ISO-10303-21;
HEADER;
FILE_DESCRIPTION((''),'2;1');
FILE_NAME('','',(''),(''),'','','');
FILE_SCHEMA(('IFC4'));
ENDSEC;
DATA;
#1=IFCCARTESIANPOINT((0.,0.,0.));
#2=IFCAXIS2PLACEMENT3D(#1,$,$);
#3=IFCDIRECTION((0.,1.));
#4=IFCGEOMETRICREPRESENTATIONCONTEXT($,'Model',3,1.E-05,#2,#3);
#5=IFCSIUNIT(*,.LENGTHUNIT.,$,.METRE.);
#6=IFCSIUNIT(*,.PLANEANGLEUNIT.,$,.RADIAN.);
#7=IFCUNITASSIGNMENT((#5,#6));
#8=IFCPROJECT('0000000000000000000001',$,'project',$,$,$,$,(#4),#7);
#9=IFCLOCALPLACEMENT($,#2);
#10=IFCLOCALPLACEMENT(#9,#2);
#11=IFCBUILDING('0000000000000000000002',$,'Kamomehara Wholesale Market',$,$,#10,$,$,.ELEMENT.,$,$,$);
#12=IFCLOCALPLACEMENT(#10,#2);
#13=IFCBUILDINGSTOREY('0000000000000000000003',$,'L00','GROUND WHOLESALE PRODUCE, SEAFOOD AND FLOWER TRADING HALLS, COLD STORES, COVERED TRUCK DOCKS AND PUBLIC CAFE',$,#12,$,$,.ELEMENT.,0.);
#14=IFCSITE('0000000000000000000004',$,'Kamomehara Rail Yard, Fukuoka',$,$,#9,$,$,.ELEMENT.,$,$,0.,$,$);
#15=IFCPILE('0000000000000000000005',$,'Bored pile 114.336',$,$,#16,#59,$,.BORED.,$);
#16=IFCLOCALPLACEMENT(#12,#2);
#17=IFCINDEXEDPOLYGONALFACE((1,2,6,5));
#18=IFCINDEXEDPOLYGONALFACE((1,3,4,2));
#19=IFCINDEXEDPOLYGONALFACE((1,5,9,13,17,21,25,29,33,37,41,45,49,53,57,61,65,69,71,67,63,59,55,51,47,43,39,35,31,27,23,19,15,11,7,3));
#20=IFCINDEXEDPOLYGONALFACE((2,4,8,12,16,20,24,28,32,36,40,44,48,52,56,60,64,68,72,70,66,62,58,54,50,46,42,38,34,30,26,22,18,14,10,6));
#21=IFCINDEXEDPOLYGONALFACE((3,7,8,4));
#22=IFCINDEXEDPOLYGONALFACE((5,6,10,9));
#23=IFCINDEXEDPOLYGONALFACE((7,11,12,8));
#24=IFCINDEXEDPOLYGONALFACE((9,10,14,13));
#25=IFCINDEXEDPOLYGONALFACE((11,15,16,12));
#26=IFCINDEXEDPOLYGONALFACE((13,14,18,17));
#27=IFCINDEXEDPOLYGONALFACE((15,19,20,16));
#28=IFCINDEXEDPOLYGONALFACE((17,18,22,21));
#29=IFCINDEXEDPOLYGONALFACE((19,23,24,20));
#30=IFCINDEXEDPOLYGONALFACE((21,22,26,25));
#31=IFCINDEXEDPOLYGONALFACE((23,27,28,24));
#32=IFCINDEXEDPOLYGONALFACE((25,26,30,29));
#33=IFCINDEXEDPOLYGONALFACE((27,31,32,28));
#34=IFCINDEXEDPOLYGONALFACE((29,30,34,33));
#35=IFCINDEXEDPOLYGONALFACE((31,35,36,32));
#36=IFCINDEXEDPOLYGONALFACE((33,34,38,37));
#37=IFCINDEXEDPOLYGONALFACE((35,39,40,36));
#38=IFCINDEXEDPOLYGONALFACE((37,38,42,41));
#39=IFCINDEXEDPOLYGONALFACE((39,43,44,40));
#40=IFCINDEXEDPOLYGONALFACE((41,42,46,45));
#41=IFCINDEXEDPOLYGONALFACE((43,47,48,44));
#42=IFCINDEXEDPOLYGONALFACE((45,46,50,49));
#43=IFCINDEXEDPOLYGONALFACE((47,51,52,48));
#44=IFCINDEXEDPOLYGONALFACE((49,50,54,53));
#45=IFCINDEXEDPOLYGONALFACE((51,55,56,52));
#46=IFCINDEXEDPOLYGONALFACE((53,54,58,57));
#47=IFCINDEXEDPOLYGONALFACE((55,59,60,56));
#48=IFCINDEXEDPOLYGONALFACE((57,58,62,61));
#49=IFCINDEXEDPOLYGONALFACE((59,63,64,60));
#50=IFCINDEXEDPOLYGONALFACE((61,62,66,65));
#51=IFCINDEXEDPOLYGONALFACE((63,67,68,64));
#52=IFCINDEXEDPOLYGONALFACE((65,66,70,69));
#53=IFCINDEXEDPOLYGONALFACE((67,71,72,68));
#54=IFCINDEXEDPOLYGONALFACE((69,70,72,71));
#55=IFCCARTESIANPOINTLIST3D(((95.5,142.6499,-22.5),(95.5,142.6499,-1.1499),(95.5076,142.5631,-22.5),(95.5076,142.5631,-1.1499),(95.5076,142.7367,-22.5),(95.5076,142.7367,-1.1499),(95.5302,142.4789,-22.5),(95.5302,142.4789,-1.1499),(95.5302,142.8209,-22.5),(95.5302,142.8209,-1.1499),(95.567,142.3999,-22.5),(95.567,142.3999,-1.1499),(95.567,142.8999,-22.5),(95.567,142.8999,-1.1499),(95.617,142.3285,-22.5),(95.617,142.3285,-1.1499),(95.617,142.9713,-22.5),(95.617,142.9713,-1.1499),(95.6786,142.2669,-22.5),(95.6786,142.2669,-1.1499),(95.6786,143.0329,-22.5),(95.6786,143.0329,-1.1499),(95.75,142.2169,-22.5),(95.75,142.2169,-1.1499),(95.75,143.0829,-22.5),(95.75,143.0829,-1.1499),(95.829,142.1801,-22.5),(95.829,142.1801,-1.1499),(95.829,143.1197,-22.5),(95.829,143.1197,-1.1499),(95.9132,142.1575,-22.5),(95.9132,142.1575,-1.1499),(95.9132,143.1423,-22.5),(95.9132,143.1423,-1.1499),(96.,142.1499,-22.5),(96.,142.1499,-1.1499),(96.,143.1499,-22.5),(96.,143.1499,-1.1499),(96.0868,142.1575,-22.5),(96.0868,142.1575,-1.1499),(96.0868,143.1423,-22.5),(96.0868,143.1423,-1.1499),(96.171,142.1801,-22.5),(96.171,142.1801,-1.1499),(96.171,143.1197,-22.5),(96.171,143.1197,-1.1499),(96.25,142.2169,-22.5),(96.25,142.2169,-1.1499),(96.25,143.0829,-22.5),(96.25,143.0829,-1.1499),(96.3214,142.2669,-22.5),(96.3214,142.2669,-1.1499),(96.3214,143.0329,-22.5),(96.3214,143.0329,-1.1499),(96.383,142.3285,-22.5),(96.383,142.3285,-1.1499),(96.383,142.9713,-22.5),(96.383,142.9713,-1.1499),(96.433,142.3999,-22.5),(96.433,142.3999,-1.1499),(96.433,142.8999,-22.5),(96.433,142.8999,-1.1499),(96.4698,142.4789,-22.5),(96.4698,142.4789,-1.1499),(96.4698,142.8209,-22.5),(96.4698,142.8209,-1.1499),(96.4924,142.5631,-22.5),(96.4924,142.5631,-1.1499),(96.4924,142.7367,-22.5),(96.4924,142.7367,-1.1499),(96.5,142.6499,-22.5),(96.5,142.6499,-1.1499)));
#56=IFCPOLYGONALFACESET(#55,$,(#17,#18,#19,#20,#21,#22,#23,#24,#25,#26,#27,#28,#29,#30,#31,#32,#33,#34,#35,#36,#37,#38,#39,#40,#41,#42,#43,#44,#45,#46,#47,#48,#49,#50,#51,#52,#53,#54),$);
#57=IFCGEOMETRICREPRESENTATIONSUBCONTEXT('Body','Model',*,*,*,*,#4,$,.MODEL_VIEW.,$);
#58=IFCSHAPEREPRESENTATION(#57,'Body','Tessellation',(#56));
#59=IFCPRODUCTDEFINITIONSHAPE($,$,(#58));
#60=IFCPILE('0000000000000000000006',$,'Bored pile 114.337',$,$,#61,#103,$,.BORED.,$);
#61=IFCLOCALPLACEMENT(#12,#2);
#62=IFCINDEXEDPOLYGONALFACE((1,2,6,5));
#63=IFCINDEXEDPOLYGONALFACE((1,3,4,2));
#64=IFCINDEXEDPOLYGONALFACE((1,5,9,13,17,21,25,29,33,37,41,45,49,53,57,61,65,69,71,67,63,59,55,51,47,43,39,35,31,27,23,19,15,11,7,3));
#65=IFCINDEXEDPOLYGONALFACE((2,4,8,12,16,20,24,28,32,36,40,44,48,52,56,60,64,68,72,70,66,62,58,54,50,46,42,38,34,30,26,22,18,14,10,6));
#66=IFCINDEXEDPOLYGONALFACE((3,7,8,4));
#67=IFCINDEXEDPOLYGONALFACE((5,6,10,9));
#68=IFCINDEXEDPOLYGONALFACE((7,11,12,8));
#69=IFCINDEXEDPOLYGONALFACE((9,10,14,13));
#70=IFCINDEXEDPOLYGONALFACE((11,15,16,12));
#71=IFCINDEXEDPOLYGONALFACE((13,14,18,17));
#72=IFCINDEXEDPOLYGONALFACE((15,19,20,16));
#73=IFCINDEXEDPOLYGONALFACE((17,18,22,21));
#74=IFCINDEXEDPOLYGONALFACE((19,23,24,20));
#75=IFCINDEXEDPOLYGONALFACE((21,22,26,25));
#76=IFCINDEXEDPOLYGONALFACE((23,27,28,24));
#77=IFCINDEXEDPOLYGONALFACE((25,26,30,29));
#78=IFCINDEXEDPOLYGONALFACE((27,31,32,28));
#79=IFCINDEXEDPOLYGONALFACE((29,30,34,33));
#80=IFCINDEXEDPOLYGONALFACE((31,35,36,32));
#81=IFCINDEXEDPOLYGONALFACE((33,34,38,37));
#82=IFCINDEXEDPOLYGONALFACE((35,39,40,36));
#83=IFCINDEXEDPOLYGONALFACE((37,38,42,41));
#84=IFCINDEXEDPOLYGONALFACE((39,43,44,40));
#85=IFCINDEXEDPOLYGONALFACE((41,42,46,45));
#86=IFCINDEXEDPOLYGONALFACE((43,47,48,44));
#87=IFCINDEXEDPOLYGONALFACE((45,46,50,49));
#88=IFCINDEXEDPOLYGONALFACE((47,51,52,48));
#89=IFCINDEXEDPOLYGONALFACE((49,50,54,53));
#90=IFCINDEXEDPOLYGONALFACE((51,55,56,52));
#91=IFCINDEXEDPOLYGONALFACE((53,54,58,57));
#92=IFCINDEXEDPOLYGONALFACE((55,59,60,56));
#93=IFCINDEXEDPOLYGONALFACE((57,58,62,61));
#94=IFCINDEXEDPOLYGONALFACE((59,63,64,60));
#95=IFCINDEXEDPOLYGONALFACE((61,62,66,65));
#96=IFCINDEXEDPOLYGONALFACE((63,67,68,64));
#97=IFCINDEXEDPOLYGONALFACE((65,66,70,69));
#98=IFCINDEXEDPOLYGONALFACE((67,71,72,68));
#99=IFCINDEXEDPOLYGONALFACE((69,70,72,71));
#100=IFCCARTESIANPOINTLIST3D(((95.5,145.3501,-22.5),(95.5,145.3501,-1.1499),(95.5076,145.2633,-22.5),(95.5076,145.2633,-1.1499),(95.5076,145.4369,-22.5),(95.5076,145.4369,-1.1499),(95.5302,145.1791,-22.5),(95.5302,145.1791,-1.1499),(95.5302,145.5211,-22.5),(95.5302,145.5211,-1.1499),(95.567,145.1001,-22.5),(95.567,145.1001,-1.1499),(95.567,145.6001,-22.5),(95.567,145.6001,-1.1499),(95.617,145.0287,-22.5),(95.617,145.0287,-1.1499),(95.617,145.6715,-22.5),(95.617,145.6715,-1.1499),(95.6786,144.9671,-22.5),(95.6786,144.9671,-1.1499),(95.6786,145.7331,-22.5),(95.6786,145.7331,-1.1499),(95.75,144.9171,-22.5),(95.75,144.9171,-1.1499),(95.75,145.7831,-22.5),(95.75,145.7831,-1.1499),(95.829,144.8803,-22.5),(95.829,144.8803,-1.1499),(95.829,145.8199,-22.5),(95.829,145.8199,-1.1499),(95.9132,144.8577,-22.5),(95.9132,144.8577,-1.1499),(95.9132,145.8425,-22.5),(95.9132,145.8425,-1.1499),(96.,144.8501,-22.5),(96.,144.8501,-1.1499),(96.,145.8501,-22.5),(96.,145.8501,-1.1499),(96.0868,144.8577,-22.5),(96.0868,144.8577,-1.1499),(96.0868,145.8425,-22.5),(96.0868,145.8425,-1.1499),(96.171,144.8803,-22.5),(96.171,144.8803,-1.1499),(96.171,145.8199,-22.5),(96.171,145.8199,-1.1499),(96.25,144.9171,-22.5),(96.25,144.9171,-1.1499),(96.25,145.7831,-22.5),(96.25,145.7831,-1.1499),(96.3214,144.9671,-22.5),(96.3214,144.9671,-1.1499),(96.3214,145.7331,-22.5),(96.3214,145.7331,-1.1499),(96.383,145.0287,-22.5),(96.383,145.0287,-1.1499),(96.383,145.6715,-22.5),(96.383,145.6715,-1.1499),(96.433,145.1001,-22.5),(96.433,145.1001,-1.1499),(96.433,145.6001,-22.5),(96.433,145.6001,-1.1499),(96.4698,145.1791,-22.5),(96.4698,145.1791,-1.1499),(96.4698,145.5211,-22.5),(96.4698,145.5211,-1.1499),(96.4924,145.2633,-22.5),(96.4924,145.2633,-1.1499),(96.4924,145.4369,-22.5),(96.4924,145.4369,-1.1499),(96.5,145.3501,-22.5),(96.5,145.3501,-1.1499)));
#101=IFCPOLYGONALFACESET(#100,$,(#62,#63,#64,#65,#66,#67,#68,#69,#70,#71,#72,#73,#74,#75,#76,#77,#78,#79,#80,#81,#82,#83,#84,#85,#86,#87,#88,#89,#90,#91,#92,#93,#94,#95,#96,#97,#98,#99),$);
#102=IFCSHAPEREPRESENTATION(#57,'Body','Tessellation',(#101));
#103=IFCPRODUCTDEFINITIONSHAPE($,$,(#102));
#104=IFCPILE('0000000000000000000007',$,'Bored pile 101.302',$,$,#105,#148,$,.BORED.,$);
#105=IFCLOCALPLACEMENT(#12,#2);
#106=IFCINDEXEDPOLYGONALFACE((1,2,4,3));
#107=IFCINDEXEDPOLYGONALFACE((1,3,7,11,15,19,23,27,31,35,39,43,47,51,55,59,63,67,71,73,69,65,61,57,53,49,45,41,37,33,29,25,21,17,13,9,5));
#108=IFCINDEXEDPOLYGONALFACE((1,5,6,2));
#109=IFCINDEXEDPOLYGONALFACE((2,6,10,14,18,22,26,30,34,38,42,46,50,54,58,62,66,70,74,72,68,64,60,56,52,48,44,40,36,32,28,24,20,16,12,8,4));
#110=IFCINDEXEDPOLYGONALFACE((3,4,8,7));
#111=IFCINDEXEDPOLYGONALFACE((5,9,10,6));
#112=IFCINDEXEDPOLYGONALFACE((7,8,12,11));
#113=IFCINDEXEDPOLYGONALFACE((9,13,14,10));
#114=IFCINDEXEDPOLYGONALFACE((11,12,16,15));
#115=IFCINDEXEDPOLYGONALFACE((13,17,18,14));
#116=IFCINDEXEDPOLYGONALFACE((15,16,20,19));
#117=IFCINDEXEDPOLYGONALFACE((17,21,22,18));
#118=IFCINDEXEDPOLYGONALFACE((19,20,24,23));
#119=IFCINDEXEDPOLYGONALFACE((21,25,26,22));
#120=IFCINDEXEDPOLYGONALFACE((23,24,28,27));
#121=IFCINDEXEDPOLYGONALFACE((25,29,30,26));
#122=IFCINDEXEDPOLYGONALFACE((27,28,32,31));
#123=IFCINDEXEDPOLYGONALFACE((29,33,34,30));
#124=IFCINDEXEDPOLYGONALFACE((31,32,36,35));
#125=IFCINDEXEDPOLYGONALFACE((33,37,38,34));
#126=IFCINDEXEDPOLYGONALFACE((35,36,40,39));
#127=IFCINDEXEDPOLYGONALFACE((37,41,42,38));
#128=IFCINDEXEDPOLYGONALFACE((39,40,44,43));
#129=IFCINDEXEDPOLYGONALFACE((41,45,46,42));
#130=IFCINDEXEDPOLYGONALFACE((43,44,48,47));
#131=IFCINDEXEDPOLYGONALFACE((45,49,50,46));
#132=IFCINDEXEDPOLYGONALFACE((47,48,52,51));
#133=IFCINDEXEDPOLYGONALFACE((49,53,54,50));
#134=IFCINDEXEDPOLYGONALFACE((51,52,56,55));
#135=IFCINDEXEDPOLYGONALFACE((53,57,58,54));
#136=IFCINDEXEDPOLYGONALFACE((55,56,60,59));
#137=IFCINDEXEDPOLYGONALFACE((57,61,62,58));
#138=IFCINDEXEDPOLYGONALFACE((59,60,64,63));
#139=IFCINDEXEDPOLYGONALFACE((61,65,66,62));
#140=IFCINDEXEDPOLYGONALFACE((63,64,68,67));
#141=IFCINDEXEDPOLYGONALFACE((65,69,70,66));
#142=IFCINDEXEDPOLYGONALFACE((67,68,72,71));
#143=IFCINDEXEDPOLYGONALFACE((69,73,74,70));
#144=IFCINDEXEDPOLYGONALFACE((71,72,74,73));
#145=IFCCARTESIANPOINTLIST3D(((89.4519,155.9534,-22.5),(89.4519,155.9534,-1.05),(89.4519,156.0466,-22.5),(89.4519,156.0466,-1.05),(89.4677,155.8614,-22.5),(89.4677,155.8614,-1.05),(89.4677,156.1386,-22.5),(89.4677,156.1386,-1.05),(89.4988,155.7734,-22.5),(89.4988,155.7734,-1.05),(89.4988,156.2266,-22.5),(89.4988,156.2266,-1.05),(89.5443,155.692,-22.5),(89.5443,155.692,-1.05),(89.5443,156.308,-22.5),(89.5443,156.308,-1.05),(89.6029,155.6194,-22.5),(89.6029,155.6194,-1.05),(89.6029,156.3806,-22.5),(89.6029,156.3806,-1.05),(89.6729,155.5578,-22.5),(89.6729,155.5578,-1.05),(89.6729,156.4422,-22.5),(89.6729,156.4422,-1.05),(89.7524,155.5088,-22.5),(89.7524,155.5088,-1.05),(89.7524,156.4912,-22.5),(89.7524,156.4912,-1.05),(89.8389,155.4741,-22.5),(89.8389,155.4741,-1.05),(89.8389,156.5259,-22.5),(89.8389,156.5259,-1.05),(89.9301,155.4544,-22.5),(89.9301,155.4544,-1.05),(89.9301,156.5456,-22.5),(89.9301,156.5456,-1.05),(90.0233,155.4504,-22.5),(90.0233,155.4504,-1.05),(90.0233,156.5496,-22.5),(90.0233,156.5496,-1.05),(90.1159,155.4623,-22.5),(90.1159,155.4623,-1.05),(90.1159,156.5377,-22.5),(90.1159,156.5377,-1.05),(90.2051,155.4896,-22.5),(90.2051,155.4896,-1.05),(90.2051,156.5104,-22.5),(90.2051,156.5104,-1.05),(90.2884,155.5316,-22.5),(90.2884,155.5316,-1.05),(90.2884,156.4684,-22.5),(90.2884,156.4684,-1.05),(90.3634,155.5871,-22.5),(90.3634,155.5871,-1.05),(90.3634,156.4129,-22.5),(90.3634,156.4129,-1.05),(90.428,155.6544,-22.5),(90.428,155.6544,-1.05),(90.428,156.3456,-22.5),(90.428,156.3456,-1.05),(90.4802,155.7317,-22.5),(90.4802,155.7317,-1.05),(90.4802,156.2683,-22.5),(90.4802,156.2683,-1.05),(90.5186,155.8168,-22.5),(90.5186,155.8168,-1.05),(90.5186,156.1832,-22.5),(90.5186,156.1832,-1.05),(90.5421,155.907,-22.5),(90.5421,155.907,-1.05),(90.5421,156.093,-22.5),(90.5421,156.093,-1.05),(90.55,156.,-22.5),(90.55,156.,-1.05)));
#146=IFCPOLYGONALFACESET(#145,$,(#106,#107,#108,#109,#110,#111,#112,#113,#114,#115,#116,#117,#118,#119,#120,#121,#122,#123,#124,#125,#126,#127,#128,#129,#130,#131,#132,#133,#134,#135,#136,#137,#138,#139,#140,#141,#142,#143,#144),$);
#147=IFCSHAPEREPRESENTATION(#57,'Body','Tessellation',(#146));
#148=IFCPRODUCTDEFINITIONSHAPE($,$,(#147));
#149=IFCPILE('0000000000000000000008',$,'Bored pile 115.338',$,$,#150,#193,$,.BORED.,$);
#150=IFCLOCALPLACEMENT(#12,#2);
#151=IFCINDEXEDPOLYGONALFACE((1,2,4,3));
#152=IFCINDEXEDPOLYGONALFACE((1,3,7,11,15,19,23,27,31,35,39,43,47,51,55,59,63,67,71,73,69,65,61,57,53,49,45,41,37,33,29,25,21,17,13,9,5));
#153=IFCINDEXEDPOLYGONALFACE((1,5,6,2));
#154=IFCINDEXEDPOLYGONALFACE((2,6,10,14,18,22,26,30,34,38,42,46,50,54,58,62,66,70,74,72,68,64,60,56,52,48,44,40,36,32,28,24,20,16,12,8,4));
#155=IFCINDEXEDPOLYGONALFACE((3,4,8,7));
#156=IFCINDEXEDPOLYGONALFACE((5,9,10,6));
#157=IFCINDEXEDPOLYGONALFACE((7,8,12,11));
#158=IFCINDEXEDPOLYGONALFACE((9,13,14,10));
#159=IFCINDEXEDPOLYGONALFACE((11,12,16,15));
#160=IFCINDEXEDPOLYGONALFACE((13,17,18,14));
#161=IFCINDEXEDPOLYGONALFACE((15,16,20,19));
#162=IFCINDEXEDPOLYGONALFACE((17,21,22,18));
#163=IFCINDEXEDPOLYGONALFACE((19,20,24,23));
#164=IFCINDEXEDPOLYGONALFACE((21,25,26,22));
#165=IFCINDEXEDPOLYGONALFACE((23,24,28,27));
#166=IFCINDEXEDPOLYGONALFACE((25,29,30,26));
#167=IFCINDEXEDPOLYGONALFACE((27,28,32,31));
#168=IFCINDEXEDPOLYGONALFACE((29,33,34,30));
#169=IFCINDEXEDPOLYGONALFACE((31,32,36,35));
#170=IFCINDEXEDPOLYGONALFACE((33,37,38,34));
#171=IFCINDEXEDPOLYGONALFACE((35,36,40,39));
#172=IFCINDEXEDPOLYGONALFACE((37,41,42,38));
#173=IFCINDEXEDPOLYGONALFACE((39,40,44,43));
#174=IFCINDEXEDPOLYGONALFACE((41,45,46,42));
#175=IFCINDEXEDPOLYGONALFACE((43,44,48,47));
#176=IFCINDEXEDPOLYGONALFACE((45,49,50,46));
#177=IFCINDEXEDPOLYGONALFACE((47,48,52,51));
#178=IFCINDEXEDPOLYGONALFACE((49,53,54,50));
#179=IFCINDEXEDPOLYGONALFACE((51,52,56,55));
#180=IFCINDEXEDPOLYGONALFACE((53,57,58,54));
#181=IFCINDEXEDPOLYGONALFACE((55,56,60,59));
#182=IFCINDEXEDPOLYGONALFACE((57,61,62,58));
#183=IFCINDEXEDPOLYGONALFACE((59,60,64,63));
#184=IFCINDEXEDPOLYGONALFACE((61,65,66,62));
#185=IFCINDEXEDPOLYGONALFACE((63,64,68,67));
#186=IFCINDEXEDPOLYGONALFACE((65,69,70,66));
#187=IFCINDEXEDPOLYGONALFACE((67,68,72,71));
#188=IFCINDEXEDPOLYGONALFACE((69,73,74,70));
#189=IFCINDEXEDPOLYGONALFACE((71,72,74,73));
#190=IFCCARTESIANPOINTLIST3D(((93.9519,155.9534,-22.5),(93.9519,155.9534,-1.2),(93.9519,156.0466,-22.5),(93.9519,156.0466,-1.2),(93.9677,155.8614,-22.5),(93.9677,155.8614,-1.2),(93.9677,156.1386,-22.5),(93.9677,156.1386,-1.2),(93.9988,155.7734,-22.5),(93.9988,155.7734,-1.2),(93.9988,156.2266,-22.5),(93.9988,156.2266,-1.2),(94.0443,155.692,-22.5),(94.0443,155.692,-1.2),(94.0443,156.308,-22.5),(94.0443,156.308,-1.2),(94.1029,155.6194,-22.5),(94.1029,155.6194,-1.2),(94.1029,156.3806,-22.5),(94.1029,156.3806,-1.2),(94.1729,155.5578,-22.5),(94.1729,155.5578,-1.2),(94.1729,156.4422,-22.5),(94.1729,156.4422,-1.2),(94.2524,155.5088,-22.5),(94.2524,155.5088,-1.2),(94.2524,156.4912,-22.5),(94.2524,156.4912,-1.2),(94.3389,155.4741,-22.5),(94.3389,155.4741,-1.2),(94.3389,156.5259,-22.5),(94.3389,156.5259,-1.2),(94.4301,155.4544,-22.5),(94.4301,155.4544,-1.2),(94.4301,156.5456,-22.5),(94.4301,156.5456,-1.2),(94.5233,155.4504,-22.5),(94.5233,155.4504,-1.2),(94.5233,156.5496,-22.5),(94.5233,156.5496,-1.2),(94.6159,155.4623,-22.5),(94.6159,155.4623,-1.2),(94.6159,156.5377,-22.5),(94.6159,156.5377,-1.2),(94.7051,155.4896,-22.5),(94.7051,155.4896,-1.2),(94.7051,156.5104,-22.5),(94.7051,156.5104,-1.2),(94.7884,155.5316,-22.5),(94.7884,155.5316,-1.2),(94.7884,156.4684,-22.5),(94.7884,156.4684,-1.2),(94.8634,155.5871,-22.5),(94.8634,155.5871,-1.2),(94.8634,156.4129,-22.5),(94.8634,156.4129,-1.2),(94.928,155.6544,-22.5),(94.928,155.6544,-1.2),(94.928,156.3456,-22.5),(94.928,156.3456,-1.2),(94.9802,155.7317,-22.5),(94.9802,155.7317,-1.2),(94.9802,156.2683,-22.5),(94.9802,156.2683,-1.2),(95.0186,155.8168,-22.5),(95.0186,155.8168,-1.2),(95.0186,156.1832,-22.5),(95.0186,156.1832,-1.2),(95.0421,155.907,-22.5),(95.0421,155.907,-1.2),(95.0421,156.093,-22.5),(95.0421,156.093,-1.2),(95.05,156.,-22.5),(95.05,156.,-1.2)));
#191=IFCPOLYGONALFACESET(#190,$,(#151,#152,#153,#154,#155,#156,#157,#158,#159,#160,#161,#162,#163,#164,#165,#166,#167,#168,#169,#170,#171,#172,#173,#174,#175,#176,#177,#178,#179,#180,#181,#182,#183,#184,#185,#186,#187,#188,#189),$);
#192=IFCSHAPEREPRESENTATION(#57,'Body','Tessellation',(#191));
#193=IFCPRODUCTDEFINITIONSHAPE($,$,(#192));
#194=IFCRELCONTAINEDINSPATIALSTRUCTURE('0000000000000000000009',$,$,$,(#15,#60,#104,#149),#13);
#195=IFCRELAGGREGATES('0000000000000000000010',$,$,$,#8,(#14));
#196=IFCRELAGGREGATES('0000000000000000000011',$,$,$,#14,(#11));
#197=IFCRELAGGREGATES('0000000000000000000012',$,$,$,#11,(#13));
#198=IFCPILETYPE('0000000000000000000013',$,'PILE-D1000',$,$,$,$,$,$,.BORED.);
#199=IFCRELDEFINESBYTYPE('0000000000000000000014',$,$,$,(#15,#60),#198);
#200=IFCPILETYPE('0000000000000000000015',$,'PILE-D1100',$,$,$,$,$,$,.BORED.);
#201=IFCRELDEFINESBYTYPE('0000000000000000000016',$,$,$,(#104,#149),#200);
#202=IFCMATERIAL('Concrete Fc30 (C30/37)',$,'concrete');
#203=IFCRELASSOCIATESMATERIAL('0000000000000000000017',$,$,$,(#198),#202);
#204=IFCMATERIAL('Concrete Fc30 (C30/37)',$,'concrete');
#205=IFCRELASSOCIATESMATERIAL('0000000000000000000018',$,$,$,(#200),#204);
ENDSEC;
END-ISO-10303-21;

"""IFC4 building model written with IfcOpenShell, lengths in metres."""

from ifc_helpers import new_model, si_unit, direction, frame, origin, origin_2d, place, context, subcontext, project, spatial, circle, extrude, material, material_profile, profile_set, type_object, element, save


model = new_model("IFC4")

# Units and contexts
model_context = context("Model", 3, precision=1e-05, world=origin(), true_north=direction((0.0, 1.0)))
body_context = subcontext(model_context, "Body", "Model", "MODEL_VIEW")
ifc_project = project(units=[si_unit("LENGTHUNIT", "METRE"), si_unit("PLANEANGLEUNIT", "RADIAN")], contexts=[model_context])

# Site, building, storey
site_placement = place(None, origin())
site = spatial("IfcSite", under=ifc_project, at=site_placement, Name="Kamomehara Rail Yard, Fukuoka", CompositionType="ELEMENT", RefElevation=0.0)
building_placement = place(site_placement, origin())
building = spatial("IfcBuilding", under=site, at=building_placement, Name="Kamomehara Wholesale Market", CompositionType="ELEMENT")
storey_placement = place(building_placement, origin())
storey = spatial("IfcBuildingStorey", under=building, at=storey_placement, Name="L00", Description="GROUND WHOLESALE PRODUCE, SEAFOOD AND FLOWER TRADING HALLS, COLD STORES, COVERED TRUCK DOCKS AND PUBLIC CAFE", CompositionType="ELEMENT", Elevation=0.0)

# Piles
ifc_material_1 = material(Name="Concrete Fc30 (C30/37)", Category="concrete")
ifc_material_profile_1 = material_profile(ifc_material_1, circle(Radius=0.5, at=origin_2d()), Name="RC-PILE-D1000")
ifc_profile_set_1 = profile_set([ifc_material_profile_1], Name="Concrete Fc30 (C30/37)")
pile_type_1 = type_object("IfcPileType", Name="PILE-D1000", PredefinedType="BORED", material=ifc_profile_set_1)
for number, where, z_axis, x_axis, name in (
    (1, (96.0, 142.6499, -1.1499), (0.0, 0.0, -1.0), (1.0, 0.0, 0.0), "Bored pile 114.336"),
    (2, (96.0, 145.3501, -1.1499), (0.0, 0.0, -1.0), (1.0, 0.0, 0.0), "Bored pile 114.337"),
):
    element("IfcPile", number, at=place(storey_placement, frame(where, z_axis=z_axis, x_axis=x_axis)), inside=storey, type_object=pile_type_1, Name=name, PredefinedType="BORED", context=body_context, shape_type="SweptSolid", body=[
        extrude(circle(Radius=0.5, at=origin_2d()), origin(), (0.0, 0.0, 1.0), 21.3501),
    ])
ifc_material_2 = material(Name="Concrete Fc30 (C30/37)", Category="concrete")
ifc_material_profile_2 = material_profile(ifc_material_2, circle(Radius=0.55, at=origin_2d()), Name="RC-PILE-D1100")
ifc_profile_set_2 = profile_set([ifc_material_profile_2], Name="Concrete Fc30 (C30/37)")
pile_type_2 = type_object("IfcPileType", Name="PILE-D1100", PredefinedType="BORED", material=ifc_profile_set_2)
pile_1_placement = place(storey_placement, frame((90.0, 156.0, -1.05), z_axis=(0.0, 0.0, -1.0), x_axis=(1.0, 0.0, 0.0)))
element("IfcPile", 3, at=pile_1_placement, inside=storey, type_object=pile_type_2, Name="Bored pile 101.302", PredefinedType="BORED", context=body_context, shape_type="SweptSolid", body=[
    extrude(circle(Radius=0.55, at=origin_2d()), origin(), (0.0, 0.0, 1.0), 21.45),
])
for number, where, z_axis, x_axis, name in (
    (4, (94.5, 156.0, -1.2), (0.0, 0.0, -1.0), (1.0, 0.0, 0.0), "Bored pile 115.338"),
):
    element("IfcPile", number, at=place(storey_placement, frame(where, z_axis=z_axis, x_axis=x_axis)), inside=storey, type_object=pile_type_2, Name=name, PredefinedType="BORED", context=body_context, shape_type="SweptSolid", body=[
        extrude(circle(Radius=0.55, at=origin_2d()), origin(), (0.0, 0.0, 1.0), 21.3),
    ])

save(model, "model.ifc")
